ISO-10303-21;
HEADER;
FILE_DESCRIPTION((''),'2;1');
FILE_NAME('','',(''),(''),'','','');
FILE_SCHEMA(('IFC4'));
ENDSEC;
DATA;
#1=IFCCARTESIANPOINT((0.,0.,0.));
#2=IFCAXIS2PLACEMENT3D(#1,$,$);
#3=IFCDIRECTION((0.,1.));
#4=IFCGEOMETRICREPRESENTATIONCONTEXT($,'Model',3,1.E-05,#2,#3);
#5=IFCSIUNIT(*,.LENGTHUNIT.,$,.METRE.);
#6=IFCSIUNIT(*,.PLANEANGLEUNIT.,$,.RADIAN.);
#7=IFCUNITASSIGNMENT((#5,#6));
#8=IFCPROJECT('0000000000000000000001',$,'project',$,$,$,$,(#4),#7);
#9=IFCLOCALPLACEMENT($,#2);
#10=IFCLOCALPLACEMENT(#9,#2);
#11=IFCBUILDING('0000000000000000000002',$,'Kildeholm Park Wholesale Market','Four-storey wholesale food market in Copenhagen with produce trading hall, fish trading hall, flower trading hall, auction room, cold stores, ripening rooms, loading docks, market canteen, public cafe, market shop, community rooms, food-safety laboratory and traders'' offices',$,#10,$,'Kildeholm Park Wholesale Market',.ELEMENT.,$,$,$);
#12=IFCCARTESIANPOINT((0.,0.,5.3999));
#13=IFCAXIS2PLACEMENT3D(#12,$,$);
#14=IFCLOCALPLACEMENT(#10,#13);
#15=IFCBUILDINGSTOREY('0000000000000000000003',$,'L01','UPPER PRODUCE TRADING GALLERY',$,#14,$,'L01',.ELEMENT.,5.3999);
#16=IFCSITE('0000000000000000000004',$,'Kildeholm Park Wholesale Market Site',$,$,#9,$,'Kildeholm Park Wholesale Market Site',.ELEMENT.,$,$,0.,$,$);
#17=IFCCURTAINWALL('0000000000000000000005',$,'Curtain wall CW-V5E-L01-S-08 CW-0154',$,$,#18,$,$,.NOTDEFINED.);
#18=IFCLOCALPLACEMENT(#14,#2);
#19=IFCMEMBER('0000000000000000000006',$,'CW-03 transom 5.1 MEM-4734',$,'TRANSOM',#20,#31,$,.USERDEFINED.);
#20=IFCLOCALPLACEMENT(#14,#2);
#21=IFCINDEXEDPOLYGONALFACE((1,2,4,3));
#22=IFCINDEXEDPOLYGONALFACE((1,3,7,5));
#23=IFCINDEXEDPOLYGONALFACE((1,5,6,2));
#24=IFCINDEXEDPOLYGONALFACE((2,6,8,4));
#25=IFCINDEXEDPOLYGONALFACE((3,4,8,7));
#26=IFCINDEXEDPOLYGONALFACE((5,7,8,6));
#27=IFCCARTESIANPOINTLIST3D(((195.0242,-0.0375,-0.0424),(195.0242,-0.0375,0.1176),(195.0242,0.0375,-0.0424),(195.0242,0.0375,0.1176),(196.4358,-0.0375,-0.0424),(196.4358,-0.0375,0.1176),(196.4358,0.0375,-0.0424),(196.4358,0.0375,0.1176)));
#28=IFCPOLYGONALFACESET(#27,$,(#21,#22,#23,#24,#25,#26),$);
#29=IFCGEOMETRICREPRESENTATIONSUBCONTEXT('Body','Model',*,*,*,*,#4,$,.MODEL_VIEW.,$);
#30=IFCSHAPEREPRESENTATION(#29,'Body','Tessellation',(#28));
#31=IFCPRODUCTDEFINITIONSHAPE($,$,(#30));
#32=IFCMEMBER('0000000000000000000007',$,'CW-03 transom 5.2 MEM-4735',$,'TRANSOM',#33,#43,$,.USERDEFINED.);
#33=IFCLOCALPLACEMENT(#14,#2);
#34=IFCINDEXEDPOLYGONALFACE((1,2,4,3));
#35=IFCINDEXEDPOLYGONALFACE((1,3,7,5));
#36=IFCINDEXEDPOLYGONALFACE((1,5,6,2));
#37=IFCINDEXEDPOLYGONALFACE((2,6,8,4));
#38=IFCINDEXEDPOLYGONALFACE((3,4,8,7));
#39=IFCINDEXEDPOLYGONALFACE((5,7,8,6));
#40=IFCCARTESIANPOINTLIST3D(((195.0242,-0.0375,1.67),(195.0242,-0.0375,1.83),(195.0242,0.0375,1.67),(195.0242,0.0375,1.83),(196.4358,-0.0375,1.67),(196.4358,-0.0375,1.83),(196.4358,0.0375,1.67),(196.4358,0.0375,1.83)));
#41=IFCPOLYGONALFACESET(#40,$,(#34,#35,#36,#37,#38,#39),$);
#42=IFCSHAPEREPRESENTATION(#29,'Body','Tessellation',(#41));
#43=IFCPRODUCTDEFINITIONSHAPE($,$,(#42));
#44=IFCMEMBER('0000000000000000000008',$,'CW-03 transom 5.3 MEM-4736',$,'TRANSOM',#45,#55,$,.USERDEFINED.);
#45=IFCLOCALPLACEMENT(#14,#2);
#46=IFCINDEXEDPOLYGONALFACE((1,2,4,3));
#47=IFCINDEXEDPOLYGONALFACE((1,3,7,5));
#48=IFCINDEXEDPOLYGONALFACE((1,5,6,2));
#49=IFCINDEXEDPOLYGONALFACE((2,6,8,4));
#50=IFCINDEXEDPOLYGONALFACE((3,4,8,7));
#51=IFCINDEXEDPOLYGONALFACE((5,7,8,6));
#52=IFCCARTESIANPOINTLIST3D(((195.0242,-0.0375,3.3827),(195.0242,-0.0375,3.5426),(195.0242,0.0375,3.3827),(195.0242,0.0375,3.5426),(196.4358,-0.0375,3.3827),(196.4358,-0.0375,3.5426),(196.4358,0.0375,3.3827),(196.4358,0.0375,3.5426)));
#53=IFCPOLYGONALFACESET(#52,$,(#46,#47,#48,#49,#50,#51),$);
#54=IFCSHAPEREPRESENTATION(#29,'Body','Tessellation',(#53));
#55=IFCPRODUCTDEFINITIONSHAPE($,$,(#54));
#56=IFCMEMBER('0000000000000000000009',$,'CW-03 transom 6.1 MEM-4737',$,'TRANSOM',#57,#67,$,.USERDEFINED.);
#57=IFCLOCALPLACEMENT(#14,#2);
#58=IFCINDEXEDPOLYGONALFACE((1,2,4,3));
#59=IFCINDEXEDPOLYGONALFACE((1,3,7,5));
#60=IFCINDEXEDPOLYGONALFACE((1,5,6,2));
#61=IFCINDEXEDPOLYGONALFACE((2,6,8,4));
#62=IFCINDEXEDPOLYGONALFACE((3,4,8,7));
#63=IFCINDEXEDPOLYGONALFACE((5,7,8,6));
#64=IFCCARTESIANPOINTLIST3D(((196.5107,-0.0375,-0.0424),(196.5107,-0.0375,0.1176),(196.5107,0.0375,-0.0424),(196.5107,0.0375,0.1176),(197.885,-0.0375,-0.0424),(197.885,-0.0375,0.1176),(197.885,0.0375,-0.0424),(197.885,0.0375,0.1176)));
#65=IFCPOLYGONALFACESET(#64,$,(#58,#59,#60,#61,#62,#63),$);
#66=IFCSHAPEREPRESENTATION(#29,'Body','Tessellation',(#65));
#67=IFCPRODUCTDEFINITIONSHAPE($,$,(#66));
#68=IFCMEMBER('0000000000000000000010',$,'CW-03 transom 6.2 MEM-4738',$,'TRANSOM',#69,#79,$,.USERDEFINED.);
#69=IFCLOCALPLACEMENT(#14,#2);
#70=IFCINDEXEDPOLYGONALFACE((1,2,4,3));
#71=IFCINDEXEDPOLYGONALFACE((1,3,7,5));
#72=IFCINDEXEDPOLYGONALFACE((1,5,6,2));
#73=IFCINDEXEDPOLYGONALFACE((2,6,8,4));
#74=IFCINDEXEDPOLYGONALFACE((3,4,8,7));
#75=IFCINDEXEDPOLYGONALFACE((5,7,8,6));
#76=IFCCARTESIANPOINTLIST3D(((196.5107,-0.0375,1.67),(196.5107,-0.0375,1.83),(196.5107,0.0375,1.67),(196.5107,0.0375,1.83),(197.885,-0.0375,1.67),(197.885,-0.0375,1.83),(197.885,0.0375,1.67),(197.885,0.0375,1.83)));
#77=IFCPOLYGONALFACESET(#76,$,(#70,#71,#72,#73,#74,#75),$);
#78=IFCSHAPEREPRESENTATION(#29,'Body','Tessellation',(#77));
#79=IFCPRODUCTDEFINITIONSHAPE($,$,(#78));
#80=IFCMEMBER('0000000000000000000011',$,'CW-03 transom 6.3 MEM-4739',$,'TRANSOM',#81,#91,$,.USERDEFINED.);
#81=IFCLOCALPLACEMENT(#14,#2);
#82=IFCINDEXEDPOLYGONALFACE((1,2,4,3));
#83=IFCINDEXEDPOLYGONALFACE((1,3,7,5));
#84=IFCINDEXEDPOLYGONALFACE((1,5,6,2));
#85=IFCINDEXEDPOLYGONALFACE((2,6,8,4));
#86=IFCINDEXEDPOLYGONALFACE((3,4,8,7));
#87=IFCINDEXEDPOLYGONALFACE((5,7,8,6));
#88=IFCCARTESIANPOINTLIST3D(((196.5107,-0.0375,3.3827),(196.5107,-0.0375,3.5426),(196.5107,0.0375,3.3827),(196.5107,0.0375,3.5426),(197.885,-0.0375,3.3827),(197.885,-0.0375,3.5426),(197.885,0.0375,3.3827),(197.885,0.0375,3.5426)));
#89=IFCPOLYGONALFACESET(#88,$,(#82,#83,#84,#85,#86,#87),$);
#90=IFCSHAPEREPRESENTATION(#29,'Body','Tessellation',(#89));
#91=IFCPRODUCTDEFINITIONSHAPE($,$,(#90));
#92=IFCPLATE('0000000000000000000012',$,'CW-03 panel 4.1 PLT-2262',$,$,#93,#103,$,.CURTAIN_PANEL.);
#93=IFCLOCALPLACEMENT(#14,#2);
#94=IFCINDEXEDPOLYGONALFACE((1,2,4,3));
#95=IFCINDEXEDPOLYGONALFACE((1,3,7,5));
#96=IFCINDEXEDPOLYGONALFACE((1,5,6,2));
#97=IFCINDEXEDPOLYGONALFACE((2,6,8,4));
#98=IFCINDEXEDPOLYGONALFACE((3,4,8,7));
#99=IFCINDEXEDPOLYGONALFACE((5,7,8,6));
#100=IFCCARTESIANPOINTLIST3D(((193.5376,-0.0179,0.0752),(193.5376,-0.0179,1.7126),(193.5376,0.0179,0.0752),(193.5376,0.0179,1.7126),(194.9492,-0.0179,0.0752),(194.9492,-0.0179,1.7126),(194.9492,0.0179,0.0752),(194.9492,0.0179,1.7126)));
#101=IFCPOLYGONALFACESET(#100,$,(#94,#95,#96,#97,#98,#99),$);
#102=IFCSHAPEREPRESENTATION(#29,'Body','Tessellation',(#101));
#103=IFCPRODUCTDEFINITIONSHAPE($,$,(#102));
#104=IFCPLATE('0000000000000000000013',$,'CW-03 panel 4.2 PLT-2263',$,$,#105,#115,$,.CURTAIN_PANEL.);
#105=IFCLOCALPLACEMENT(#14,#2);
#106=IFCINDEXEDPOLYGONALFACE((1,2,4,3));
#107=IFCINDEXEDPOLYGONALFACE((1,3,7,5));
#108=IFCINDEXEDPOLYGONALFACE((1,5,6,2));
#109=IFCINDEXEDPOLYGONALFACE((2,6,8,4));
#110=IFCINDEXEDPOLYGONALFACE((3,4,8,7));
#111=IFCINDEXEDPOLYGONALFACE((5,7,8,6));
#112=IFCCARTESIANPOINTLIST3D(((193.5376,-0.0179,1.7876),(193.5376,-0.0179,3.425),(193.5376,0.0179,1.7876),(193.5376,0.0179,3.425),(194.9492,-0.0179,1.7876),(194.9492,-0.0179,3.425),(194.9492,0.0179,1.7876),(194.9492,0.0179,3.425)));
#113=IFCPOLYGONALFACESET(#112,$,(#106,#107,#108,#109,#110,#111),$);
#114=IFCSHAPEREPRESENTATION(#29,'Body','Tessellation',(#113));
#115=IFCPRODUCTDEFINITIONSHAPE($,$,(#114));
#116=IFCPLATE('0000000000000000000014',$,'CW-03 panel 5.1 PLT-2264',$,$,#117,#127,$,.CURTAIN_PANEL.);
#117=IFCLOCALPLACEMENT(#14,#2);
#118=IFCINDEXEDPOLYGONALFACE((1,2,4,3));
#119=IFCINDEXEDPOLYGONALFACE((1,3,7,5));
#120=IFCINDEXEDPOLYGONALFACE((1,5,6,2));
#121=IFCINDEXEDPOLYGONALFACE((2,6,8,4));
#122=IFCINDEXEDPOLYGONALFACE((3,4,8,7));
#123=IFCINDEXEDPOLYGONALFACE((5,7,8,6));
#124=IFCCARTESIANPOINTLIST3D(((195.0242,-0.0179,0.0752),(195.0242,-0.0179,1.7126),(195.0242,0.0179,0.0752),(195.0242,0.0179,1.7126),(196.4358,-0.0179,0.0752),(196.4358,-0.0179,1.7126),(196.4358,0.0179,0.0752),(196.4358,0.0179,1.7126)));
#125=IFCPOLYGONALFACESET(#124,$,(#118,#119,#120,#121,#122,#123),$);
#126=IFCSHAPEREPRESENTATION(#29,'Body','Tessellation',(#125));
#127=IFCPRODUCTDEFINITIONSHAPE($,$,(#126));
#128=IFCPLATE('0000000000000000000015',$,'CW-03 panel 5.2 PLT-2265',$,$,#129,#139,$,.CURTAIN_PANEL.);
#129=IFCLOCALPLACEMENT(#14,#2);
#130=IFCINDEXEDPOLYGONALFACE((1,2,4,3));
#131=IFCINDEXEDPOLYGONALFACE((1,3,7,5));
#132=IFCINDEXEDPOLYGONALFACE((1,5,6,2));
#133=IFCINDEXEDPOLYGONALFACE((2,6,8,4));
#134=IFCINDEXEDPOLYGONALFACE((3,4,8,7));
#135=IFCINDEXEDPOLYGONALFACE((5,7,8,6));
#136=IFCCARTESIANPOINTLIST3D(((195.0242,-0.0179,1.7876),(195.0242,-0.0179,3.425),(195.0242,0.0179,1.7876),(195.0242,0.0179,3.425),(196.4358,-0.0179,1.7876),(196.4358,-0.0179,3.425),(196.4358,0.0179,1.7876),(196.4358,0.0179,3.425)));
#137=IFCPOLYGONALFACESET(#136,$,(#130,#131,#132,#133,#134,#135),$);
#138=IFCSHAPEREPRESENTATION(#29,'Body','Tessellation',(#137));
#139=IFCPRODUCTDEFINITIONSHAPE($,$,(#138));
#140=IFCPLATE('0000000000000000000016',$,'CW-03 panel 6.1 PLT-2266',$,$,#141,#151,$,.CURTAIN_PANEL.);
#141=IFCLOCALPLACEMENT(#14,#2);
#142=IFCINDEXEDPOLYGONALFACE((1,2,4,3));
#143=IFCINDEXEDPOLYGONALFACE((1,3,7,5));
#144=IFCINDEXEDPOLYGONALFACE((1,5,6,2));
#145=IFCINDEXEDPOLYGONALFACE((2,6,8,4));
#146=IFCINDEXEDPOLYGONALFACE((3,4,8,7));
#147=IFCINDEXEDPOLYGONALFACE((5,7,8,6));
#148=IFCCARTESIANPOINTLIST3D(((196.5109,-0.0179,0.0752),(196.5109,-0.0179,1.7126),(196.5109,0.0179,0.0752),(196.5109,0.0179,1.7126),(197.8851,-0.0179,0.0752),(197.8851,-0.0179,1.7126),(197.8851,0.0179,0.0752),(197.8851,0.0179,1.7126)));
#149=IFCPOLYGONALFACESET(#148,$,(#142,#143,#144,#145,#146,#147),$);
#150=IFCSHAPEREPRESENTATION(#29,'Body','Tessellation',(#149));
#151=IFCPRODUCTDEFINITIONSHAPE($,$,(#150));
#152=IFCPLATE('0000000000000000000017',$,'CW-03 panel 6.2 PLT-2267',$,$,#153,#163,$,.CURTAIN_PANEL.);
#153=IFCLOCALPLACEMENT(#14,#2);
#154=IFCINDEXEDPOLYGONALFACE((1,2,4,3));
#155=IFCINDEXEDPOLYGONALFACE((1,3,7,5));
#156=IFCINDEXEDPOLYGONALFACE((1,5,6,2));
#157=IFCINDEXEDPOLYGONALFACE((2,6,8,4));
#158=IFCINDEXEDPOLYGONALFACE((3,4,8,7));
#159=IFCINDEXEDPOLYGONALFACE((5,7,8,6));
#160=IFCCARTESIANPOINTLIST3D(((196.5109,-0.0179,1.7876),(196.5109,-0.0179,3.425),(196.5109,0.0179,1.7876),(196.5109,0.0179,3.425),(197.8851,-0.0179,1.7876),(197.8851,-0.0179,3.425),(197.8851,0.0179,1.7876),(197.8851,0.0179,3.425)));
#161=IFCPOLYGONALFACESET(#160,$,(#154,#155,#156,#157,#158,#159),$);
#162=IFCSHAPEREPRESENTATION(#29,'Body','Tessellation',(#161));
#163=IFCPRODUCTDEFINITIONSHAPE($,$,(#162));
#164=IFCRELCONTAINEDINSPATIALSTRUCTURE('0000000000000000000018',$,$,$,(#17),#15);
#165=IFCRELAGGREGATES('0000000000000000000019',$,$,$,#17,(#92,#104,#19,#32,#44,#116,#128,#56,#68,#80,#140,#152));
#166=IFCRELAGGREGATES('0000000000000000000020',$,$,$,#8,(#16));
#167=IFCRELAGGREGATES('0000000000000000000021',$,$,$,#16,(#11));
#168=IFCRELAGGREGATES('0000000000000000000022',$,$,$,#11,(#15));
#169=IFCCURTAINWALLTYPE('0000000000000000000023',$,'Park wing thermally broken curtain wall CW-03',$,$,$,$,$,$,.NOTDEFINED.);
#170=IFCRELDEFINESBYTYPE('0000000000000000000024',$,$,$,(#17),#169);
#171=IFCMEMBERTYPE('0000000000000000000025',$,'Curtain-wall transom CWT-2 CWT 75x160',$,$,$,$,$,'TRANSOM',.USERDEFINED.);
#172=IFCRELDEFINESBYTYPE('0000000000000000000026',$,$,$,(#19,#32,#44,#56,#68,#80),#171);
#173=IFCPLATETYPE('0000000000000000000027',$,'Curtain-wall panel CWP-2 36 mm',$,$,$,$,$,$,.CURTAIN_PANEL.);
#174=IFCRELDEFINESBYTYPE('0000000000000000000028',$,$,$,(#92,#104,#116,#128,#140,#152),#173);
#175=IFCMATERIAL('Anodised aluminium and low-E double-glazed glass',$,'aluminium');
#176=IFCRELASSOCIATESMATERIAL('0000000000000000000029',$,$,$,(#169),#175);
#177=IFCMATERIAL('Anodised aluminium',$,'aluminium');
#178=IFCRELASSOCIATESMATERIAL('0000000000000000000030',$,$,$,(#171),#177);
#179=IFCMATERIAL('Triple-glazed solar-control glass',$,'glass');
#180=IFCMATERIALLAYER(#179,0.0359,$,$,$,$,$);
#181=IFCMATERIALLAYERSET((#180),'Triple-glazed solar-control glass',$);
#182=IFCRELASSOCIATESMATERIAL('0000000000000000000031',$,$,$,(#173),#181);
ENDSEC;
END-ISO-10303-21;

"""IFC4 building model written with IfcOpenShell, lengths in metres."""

from ifc_helpers import new_model, si_unit, direction, frame, origin, origin_2d, place, context, subcontext, project, spatial, rectangle, extrude, material, layer, layer_set, material_profile, profile_set, type_object, element, aggregate, save


model = new_model("IFC4")

# Units and contexts
model_context = context("Model", 3, precision=1e-05, world=origin(), true_north=direction((0.0, 1.0)))
body_context = subcontext(model_context, "Body", "Model", "MODEL_VIEW")
ifc_project = project(units=[si_unit("LENGTHUNIT", "METRE"), si_unit("PLANEANGLEUNIT", "RADIAN")], contexts=[model_context])

# Site, building, storey
site_placement = place(None, origin())
site = spatial("IfcSite", under=ifc_project, at=site_placement, Name="Kildeholm Park Wholesale Market Site", LongName="Kildeholm Park Wholesale Market Site", CompositionType="ELEMENT", RefElevation=0.0)
building_placement = place(site_placement, origin())
building = spatial("IfcBuilding", under=site, at=building_placement, Name="Kildeholm Park Wholesale Market", Description="Four-storey wholesale food market in Copenhagen with produce trading hall, fish trading hall, flower trading hall, auction room, cold stores, ripening rooms, loading docks, market canteen, public cafe, market shop, community rooms, food-safety laboratory and traders' offices", LongName="Kildeholm Park Wholesale Market", CompositionType="ELEMENT")
storey_placement = place(building_placement, frame((0.0, 0.0, 5.3999)))
storey = spatial("IfcBuildingStorey", under=building, at=storey_placement, Name="L01", Description="UPPER PRODUCE TRADING GALLERY", LongName="L01", CompositionType="ELEMENT", Elevation=5.3999)

# Curtain wall, members, plates
ifc_material_1 = material(Name="Anodised aluminium and low-E double-glazed glass", Category="aluminium")
curtain_wall_type = type_object("IfcCurtainWallType", Name="Park wing thermally broken curtain wall CW-03", PredefinedType="NOTDEFINED", material=ifc_material_1)
curtain_wall_placement = place(storey_placement, origin())
curtain_wall = element("IfcCurtainWall", 1, at=curtain_wall_placement, inside=storey, type_object=curtain_wall_type, Name="Curtain wall CW-V5E-L01-S-08 CW-0154", PredefinedType="NOTDEFINED")
ifc_material_2 = material(Name="Anodised aluminium", Category="aluminium")
ifc_material_profile_1 = material_profile(ifc_material_2, rectangle(XDim=0.075, YDim=0.1599, at=origin_2d()), Name="CWT 75x160")
ifc_profile_set_1 = profile_set([ifc_material_profile_1], Name="Anodised aluminium")
member_type_1 = type_object("IfcMemberType", Name="Curtain-wall transom CWT-2 CWT 75x160", ElementType="TRANSOM", PredefinedType="USERDEFINED", material=ifc_profile_set_1)
member_1_placement = place(storey_placement, frame((195.0242, 0.0, 0.0376), z_axis=(1.0, 0.0, 0.0), x_axis=(0.0, 1.0, 0.0)))
member_1 = element("IfcMember", 2, at=member_1_placement, type_object=member_type_1, Name="CW-03 transom 5.1 MEM-4734", ObjectType="TRANSOM", PredefinedType="USERDEFINED", context=body_context, shape_type="SweptSolid", body=[
    extrude(rectangle(XDim=0.075, YDim=0.1599, at=origin_2d()), origin(), (0.0, 0.0, 1.0), 1.4116),
])
member_2_placement = place(storey_placement, frame((195.0242, 0.0, 1.75), z_axis=(1.0, 0.0, 0.0), x_axis=(0.0, 1.0, 0.0)))
member_2 = element("IfcMember", 3, at=member_2_placement, type_object=member_type_1, Name="CW-03 transom 5.2 MEM-4735", ObjectType="TRANSOM", PredefinedType="USERDEFINED", context=body_context, shape_type="SweptSolid", body=[
    extrude(rectangle(XDim=0.075, YDim=0.1599, at=origin_2d()), origin(), (0.0, 0.0, 1.0), 1.4116),
])
member_3_placement = place(storey_placement, frame((195.0242, 0.0, 3.4626), z_axis=(1.0, 0.0, 0.0), x_axis=(0.0, 1.0, 0.0)))
member_3 = element("IfcMember", 4, at=member_3_placement, type_object=member_type_1, Name="CW-03 transom 5.3 MEM-4736", ObjectType="TRANSOM", PredefinedType="USERDEFINED", context=body_context, shape_type="SweptSolid", body=[
    extrude(rectangle(XDim=0.075, YDim=0.1599, at=origin_2d()), origin(), (0.0, 0.0, 1.0), 1.4116),
])
member_4_placement = place(storey_placement, frame((196.5107, 0.0, 0.0376), z_axis=(1.0, 0.0, 0.0), x_axis=(0.0, 1.0, 0.0)))
member_4 = element("IfcMember", 5, at=member_4_placement, type_object=member_type_1, Name="CW-03 transom 6.1 MEM-4737", ObjectType="TRANSOM", PredefinedType="USERDEFINED", context=body_context, shape_type="SweptSolid", body=[
    extrude(rectangle(XDim=0.075, YDim=0.1599, at=origin_2d()), origin(), (0.0, 0.0, 1.0), 1.3743),
])
member_5_placement = place(storey_placement, frame((196.5107, 0.0, 1.75), z_axis=(1.0, 0.0, 0.0), x_axis=(0.0, 1.0, 0.0)))
member_5 = element("IfcMember", 6, at=member_5_placement, type_object=member_type_1, Name="CW-03 transom 6.2 MEM-4738", ObjectType="TRANSOM", PredefinedType="USERDEFINED", context=body_context, shape_type="SweptSolid", body=[
    extrude(rectangle(XDim=0.075, YDim=0.1599, at=origin_2d()), origin(), (0.0, 0.0, 1.0), 1.3743),
])
member_6_placement = place(storey_placement, frame((196.5107, 0.0, 3.4626), z_axis=(1.0, 0.0, 0.0), x_axis=(0.0, 1.0, 0.0)))
member_6 = element("IfcMember", 7, at=member_6_placement, type_object=member_type_1, Name="CW-03 transom 6.3 MEM-4739", ObjectType="TRANSOM", PredefinedType="USERDEFINED", context=body_context, shape_type="SweptSolid", body=[
    extrude(rectangle(XDim=0.075, YDim=0.1599, at=origin_2d()), origin(), (0.0, 0.0, 1.0), 1.3743),
])
ifc_material_3 = material(Name="Triple-glazed solar-control glass", Category="glass")
ifc_layer_1 = layer(ifc_material_3, 0.0359)
ifc_layer_set_1 = layer_set([ifc_layer_1], Name="Triple-glazed solar-control glass")
plate_type = type_object("IfcPlateType", Name="Curtain-wall panel CWP-2 36 mm", PredefinedType="CURTAIN_PANEL", material=ifc_layer_set_1)
plate_1_placement = place(storey_placement, frame((194.2434, 0.0, 0.0752), z_axis=(0.0, 0.0, 1.0), x_axis=(1.0, 0.0, 0.0)))
plate_1 = element("IfcPlate", 8, at=plate_1_placement, type_object=plate_type, Name="CW-03 panel 4.1 PLT-2262", PredefinedType="CURTAIN_PANEL", context=body_context, shape_type="SweptSolid", body=[
    extrude(rectangle(XDim=1.4116, YDim=0.0359, at=origin_2d()), origin(), (0.0, 0.0, 1.0), 1.6375),
])
plate_2_placement = place(storey_placement, frame((194.2434, 0.0, 1.7876), z_axis=(0.0, 0.0, 1.0), x_axis=(1.0, 0.0, 0.0)))
plate_2 = element("IfcPlate", 9, at=plate_2_placement, type_object=plate_type, Name="CW-03 panel 4.2 PLT-2263", PredefinedType="CURTAIN_PANEL", context=body_context, shape_type="SweptSolid", body=[
    extrude(rectangle(XDim=1.4116, YDim=0.0359, at=origin_2d()), origin(), (0.0, 0.0, 1.0), 1.6375),
])
plate_3_placement = place(storey_placement, frame((195.73, 0.0, 0.0752), z_axis=(0.0, 0.0, 1.0), x_axis=(1.0, 0.0, 0.0)))
plate_3 = element("IfcPlate", 10, at=plate_3_placement, type_object=plate_type, Name="CW-03 panel 5.1 PLT-2264", PredefinedType="CURTAIN_PANEL", context=body_context, shape_type="SweptSolid", body=[
    extrude(rectangle(XDim=1.4116, YDim=0.0359, at=origin_2d()), origin(), (0.0, 0.0, 1.0), 1.6375),
])
plate_4_placement = place(storey_placement, frame((195.73, 0.0, 1.7876), z_axis=(0.0, 0.0, 1.0), x_axis=(1.0, 0.0, 0.0)))
plate_4 = element("IfcPlate", 11, at=plate_4_placement, type_object=plate_type, Name="CW-03 panel 5.2 PLT-2265", PredefinedType="CURTAIN_PANEL", context=body_context, shape_type="SweptSolid", body=[
    extrude(rectangle(XDim=1.4116, YDim=0.0359, at=origin_2d()), origin(), (0.0, 0.0, 1.0), 1.6375),
])
plate_5_placement = place(storey_placement, frame((197.198, 0.0, 0.0752), z_axis=(0.0, 0.0, 1.0), x_axis=(1.0, 0.0, 0.0)))
plate_5 = element("IfcPlate", 12, at=plate_5_placement, type_object=plate_type, Name="CW-03 panel 6.1 PLT-2266", PredefinedType="CURTAIN_PANEL", context=body_context, shape_type="SweptSolid", body=[
    extrude(rectangle(XDim=1.3743, YDim=0.0359, at=origin_2d()), origin(), (0.0, 0.0, 1.0), 1.6375),
])
plate_6_placement = place(storey_placement, frame((197.198, 0.0, 1.7876), z_axis=(0.0, 0.0, 1.0), x_axis=(1.0, 0.0, 0.0)))
plate_6 = element("IfcPlate", 13, at=plate_6_placement, type_object=plate_type, Name="CW-03 panel 6.2 PLT-2267", PredefinedType="CURTAIN_PANEL", context=body_context, shape_type="SweptSolid", body=[
    extrude(rectangle(XDim=1.3743, YDim=0.0359, at=origin_2d()), origin(), (0.0, 0.0, 1.0), 1.6375),
])
aggregate(curtain_wall, [plate_1, plate_2, member_1, member_2, member_3, plate_3, plate_4, member_4, member_5, member_6, plate_5, plate_6])

save(model, "model.ifc")
